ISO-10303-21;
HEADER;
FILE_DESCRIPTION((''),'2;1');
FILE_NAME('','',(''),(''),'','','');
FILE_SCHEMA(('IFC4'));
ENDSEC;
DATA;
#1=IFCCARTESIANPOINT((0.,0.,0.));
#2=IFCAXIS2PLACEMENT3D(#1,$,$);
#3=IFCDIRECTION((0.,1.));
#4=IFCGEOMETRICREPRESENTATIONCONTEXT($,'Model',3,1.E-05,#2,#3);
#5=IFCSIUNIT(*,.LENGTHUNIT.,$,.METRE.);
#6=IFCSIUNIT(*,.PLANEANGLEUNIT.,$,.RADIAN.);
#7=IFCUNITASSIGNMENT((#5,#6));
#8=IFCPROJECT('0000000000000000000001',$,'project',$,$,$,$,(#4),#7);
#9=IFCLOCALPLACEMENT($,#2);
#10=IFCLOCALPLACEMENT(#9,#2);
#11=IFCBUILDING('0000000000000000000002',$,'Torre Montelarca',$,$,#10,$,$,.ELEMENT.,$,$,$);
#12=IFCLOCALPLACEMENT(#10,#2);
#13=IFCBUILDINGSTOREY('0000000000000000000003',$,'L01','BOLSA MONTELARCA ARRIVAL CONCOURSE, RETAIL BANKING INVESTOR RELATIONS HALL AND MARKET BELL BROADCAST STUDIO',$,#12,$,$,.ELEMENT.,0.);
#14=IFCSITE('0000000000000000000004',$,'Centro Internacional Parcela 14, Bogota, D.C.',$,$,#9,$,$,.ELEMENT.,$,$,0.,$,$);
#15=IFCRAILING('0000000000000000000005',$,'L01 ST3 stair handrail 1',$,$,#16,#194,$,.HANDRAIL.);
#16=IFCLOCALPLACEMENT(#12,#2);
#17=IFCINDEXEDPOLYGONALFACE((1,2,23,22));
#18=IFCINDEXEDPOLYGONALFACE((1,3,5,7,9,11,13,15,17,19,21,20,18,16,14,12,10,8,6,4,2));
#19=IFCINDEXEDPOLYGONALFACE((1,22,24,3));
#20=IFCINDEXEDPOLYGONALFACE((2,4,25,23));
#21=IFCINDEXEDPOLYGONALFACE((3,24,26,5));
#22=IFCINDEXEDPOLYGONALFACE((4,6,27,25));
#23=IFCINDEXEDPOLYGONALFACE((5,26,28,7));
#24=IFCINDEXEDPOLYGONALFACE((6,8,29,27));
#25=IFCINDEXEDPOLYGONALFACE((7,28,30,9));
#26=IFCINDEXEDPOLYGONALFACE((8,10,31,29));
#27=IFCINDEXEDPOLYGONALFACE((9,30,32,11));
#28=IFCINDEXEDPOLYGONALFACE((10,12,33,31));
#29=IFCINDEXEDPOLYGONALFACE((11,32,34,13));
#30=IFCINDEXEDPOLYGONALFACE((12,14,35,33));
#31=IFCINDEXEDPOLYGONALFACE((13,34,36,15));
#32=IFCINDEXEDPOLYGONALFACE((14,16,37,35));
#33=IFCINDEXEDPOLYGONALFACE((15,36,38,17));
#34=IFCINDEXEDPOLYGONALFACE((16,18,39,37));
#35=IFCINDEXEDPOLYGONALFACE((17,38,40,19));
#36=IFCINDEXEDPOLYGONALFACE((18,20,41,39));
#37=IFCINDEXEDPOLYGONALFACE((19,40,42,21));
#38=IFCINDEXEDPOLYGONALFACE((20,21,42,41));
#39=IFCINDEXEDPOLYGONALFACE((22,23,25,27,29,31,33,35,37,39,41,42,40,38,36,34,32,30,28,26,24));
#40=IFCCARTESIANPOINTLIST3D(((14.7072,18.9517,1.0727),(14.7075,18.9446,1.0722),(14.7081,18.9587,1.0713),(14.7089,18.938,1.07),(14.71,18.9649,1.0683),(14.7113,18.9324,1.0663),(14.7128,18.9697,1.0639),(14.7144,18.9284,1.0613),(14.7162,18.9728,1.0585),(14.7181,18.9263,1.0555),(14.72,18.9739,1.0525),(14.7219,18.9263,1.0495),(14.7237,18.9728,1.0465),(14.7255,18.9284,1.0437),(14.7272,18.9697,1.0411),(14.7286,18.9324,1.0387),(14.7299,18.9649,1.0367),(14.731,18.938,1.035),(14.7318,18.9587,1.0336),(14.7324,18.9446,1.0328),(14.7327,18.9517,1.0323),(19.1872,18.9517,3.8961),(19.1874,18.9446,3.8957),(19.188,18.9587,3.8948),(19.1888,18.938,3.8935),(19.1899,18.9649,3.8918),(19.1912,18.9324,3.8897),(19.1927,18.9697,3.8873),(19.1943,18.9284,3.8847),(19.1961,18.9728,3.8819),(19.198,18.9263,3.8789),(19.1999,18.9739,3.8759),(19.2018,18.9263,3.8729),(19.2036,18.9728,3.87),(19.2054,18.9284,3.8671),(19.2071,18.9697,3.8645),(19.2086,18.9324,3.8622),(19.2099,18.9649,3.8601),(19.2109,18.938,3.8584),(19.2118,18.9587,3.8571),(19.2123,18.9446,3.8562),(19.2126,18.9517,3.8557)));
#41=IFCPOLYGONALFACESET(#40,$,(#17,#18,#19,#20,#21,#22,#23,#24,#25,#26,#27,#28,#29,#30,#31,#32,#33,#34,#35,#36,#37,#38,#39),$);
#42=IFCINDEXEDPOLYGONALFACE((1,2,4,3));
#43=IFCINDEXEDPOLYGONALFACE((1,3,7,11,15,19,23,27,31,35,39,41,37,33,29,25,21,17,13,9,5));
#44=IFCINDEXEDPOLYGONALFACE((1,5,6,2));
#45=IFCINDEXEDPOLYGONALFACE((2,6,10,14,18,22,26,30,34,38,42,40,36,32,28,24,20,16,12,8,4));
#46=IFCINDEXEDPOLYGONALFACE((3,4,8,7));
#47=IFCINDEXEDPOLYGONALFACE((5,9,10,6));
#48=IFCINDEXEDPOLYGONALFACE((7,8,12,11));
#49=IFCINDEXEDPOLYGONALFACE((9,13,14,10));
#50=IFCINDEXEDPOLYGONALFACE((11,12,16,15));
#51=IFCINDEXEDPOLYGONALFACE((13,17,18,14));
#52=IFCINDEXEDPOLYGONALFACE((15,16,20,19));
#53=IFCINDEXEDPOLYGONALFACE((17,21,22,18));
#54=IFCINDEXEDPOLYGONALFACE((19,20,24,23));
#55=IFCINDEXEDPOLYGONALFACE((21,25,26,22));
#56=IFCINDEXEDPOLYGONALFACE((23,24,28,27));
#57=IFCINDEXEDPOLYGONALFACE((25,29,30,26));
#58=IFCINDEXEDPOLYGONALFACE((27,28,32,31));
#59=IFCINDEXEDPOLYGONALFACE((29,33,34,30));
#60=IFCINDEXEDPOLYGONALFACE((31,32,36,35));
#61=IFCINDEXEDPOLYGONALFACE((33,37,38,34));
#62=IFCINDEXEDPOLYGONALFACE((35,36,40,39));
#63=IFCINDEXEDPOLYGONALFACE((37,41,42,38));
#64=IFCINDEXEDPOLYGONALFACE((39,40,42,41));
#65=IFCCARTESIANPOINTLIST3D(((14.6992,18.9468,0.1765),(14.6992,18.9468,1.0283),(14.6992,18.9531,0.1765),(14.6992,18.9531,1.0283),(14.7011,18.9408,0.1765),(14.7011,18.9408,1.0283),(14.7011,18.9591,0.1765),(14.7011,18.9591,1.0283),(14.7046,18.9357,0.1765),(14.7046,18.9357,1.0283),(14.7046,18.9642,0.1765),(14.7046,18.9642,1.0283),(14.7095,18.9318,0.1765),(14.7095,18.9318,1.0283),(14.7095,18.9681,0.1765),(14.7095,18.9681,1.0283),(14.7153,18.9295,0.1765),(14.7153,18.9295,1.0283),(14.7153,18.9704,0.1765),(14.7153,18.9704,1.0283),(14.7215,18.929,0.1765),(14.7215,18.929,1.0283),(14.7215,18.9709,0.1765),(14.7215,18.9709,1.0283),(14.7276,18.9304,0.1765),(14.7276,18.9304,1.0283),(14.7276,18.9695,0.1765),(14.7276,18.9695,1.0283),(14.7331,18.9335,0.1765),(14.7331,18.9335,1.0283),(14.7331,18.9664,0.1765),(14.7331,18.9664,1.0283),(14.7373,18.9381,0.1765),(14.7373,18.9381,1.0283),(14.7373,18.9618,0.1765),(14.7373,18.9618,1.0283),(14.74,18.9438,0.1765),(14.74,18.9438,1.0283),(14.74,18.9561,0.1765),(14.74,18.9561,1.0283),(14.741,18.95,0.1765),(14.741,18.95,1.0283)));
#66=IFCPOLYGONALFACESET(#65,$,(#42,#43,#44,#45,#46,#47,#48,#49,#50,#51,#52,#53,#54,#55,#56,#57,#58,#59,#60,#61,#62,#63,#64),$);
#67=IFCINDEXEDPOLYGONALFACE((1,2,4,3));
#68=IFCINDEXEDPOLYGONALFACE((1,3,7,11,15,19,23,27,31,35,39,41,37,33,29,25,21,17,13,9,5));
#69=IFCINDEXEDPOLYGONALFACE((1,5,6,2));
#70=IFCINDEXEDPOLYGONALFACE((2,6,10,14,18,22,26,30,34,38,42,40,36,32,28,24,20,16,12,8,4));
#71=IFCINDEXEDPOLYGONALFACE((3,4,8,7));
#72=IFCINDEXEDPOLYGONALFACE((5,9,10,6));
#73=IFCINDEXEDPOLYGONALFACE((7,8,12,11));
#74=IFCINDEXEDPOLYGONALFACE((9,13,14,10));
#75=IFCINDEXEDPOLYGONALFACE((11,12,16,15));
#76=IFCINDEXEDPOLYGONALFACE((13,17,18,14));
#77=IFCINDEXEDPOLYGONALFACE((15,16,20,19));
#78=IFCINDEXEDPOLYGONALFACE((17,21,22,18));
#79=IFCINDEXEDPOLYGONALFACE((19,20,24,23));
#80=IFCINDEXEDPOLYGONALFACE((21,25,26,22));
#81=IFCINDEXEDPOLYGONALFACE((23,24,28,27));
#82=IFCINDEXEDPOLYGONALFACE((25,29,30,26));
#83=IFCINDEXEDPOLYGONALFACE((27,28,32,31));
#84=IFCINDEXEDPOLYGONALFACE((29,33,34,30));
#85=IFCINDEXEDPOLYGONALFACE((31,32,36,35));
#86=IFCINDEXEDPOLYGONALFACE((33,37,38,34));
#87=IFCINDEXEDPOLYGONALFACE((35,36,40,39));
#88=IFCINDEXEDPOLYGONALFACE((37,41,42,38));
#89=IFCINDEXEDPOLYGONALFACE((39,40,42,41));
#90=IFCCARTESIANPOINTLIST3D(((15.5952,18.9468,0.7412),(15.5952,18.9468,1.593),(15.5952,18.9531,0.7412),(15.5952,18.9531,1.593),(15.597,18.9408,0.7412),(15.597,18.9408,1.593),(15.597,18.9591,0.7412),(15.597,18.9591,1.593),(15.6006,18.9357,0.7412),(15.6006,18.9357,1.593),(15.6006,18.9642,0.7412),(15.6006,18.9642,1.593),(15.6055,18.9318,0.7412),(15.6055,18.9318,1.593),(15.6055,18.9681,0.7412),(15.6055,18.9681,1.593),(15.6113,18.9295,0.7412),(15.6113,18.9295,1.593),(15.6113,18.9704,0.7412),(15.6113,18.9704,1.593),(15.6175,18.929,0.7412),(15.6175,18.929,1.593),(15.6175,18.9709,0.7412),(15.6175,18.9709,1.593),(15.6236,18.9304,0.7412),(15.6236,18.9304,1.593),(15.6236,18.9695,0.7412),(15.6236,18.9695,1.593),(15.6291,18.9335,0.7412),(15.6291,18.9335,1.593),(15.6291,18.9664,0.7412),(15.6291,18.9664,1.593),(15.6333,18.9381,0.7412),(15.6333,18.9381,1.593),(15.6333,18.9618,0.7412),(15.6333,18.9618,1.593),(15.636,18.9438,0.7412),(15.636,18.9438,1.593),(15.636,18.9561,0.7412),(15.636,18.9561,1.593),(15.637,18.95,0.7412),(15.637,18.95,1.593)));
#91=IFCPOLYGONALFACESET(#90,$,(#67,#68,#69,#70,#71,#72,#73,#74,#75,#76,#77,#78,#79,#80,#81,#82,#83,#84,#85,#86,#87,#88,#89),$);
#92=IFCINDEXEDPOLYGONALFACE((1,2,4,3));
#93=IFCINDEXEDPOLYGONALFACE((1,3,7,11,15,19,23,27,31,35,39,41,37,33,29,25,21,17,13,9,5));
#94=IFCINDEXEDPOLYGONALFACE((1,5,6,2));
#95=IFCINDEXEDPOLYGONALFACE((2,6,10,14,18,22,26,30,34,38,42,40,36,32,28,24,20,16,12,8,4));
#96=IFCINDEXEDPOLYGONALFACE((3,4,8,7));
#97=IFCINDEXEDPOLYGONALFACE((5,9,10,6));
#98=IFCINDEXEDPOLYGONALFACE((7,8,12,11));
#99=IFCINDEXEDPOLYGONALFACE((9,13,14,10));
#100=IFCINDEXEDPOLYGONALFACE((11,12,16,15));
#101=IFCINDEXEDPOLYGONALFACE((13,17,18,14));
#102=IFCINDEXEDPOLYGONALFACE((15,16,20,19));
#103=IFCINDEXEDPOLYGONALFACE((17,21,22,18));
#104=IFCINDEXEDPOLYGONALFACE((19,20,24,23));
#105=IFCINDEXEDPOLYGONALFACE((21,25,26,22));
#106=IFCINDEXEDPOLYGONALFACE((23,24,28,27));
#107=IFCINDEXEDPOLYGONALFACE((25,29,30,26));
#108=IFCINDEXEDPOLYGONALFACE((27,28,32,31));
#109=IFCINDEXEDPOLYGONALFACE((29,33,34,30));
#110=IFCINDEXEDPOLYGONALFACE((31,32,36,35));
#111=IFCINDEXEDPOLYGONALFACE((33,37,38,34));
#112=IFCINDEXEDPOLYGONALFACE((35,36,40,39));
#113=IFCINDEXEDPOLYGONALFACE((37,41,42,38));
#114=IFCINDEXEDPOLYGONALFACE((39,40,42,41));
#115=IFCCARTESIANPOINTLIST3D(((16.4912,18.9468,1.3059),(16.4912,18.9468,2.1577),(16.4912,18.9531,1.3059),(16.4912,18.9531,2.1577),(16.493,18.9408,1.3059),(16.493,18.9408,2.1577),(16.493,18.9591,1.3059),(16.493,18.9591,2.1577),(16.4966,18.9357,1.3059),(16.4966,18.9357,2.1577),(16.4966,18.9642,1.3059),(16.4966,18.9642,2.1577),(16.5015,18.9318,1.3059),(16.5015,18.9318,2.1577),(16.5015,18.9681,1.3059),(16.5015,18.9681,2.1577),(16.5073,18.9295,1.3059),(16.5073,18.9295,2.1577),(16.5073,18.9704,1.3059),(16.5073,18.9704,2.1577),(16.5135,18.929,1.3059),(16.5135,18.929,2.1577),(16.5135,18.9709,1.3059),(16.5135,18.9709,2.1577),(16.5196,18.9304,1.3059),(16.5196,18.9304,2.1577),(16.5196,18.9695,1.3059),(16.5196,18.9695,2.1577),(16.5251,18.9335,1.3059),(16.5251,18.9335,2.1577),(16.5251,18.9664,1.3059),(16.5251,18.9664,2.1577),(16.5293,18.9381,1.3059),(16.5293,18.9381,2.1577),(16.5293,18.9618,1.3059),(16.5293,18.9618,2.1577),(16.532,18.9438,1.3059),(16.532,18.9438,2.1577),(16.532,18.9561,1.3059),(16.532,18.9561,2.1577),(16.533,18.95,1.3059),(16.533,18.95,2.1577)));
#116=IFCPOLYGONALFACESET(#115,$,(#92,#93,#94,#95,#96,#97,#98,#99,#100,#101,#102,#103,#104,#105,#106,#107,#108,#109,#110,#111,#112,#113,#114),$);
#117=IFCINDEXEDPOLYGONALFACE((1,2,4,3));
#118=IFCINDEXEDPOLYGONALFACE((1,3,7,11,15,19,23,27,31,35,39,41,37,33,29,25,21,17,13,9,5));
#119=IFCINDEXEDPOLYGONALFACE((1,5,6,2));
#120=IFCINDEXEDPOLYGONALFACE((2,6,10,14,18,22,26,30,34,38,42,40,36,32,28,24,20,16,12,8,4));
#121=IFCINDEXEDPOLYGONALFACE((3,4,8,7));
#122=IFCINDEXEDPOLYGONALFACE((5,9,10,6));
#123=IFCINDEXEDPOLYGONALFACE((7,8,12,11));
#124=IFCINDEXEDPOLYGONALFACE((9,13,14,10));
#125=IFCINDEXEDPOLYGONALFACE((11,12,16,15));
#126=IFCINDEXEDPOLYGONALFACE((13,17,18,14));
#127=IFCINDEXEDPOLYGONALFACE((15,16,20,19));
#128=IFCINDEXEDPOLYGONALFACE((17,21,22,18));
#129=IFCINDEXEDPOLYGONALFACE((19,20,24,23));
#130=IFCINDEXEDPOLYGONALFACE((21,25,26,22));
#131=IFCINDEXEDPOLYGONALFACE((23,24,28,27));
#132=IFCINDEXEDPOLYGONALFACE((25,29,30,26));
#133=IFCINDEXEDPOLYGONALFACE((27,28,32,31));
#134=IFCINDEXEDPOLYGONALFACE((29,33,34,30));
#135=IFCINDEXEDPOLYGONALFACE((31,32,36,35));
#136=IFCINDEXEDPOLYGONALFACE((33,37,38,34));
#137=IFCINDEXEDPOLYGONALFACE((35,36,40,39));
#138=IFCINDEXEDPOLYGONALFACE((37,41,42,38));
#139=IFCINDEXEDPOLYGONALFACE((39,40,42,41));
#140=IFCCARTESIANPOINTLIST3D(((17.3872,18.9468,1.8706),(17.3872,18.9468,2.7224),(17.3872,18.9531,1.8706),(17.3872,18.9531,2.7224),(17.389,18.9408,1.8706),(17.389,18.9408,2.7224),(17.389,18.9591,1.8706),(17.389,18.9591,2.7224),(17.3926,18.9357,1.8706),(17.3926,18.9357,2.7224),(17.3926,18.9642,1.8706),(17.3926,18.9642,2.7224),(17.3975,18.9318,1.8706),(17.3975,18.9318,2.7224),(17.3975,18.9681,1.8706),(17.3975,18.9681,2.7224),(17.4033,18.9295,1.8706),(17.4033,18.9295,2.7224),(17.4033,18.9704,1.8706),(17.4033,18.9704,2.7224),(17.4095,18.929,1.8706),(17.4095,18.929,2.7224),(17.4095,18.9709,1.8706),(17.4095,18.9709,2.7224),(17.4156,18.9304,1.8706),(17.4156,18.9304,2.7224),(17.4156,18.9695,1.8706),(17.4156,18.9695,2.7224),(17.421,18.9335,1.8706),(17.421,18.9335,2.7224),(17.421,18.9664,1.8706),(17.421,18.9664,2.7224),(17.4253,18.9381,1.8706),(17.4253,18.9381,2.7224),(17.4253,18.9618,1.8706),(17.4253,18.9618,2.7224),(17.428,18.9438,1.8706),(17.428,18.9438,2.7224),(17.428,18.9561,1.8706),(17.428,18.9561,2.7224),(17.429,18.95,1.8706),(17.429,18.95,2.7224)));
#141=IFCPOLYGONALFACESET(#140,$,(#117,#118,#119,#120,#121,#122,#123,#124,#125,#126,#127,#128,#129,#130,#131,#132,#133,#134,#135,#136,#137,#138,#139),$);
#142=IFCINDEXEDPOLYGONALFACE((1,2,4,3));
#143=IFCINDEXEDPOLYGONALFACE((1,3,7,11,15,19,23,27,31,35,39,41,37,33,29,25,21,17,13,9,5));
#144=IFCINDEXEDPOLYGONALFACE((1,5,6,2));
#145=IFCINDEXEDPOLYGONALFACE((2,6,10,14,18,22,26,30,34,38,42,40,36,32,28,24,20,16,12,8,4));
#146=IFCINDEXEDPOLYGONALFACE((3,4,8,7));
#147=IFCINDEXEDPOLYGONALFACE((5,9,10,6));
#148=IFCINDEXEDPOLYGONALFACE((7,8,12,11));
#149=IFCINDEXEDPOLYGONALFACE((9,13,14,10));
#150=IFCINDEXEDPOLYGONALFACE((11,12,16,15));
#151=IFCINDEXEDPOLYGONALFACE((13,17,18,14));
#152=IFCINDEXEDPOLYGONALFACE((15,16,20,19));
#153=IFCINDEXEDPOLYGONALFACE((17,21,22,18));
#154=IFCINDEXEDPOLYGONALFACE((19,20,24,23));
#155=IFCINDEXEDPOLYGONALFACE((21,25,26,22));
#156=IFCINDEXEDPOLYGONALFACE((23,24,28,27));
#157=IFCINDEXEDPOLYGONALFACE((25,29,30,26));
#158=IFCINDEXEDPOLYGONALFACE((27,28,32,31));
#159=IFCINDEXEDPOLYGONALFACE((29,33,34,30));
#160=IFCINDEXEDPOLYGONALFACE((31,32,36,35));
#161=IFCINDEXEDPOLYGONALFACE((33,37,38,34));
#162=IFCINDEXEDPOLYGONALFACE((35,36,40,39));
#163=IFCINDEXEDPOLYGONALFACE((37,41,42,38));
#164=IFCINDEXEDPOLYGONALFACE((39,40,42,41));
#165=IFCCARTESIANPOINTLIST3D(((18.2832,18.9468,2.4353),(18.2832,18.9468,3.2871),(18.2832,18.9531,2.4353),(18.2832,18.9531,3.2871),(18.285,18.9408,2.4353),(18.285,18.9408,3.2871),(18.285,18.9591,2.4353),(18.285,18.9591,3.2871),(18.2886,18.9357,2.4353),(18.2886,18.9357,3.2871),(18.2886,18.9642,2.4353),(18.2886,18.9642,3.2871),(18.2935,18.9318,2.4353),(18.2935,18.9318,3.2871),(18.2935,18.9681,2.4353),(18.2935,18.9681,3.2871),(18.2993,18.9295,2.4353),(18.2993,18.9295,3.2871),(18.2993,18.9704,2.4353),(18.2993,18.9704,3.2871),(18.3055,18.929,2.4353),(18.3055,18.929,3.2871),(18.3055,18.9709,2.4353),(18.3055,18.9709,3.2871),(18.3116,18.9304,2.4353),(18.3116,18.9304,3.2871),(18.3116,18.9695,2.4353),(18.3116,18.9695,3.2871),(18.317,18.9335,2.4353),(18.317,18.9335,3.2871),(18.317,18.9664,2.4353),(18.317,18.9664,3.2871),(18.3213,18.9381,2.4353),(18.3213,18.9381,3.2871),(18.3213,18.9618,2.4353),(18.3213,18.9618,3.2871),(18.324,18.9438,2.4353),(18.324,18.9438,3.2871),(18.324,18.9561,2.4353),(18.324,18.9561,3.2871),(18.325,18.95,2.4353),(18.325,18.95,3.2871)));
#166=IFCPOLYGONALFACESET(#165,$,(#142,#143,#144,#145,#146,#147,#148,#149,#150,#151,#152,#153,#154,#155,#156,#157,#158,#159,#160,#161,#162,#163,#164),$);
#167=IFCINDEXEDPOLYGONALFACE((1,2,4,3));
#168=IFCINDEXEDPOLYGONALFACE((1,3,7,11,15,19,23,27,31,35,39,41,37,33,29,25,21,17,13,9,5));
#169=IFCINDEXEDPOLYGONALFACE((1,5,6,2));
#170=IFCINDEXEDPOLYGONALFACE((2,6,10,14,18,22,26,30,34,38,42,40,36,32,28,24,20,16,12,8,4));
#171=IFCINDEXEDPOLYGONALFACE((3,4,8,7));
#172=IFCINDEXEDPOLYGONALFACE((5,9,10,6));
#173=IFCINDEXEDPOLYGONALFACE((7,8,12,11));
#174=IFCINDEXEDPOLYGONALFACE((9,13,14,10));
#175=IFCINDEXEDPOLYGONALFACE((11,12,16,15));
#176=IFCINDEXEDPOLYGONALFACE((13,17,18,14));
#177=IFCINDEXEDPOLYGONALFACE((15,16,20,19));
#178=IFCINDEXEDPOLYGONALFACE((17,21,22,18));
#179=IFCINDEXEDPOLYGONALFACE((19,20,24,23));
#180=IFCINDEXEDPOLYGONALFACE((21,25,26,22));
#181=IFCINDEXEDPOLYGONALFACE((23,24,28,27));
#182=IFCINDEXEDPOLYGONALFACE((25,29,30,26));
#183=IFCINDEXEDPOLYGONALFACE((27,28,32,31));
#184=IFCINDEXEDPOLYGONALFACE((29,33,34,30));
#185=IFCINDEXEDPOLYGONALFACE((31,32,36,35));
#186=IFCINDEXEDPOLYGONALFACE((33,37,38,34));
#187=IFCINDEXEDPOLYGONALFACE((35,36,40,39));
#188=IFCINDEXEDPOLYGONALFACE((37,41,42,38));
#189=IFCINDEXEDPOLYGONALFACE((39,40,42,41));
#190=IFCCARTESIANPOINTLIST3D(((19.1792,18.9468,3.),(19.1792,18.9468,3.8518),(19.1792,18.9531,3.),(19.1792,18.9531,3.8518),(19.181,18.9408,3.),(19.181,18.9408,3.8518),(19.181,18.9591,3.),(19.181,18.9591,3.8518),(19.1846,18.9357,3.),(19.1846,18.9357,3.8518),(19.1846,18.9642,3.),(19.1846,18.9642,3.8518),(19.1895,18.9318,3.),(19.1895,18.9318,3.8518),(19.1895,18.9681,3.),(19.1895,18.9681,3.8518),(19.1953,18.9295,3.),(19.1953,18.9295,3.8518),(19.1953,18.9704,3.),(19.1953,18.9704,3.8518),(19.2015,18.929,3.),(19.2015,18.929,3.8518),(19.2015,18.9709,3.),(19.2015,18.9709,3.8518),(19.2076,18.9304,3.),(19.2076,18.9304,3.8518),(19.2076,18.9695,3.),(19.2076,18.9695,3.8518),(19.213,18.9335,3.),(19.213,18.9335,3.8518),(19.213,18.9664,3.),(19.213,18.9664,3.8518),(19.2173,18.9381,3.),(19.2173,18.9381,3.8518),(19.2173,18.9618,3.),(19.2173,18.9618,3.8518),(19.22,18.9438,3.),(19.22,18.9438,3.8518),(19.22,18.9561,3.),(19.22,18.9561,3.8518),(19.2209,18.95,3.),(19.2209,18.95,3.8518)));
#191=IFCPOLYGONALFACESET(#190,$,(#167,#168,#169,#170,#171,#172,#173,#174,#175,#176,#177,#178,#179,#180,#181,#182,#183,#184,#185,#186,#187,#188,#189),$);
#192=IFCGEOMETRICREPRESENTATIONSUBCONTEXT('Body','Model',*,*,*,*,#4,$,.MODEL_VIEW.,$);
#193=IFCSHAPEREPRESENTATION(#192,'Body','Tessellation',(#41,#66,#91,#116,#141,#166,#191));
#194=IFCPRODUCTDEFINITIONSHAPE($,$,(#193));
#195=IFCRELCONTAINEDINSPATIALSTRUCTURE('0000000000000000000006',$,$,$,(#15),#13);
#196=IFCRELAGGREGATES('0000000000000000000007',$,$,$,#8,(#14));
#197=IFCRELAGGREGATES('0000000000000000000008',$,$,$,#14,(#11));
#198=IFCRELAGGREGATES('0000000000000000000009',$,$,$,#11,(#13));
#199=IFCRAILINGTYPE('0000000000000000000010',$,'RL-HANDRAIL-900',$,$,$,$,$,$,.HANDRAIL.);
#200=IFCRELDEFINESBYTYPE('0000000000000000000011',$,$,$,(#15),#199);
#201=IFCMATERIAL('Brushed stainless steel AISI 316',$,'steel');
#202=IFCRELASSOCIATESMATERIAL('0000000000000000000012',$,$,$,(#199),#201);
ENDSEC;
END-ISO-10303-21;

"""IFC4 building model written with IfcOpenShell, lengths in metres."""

from ifc_helpers import new_model, si_unit, direction, frame, origin, origin_2d, place, context, subcontext, project, spatial, circle, extrude, material, type_object, element, save


model = new_model("IFC4")

# Units and contexts
model_context = context("Model", 3, precision=1e-05, world=origin(), true_north=direction((0.0, 1.0)))
body_context = subcontext(model_context, "Body", "Model", "MODEL_VIEW")
ifc_project = project(units=[si_unit("LENGTHUNIT", "METRE"), si_unit("PLANEANGLEUNIT", "RADIAN")], contexts=[model_context])

# Site, building, storey
site_placement = place(None, origin())
site = spatial("IfcSite", under=ifc_project, at=site_placement, Name="Centro Internacional Parcela 14, Bogota, D.C.", CompositionType="ELEMENT", RefElevation=0.0)
building_placement = place(site_placement, origin())
building = spatial("IfcBuilding", under=site, at=building_placement, Name="Torre Montelarca", CompositionType="ELEMENT")
storey_placement = place(building_placement, origin())
storey = spatial("IfcBuildingStorey", under=building, at=storey_placement, Name="L01", Description="BOLSA MONTELARCA ARRIVAL CONCOURSE, RETAIL BANKING INVESTOR RELATIONS HALL AND MARKET BELL BROADCAST STUDIO", CompositionType="ELEMENT", Elevation=0.0)

# Railing
ifc_material_1 = material(Name="Brushed stainless steel AISI 316", Category="steel")
railing_type_1 = type_object("IfcRailingType", Name="RL-HANDRAIL-900", PredefinedType="HANDRAIL", material=ifc_material_1)
railing_1_placement = place(storey_placement, frame((14.72, 18.95, 0.1765)))
element("IfcRailing", 1, at=railing_1_placement, inside=storey, type_object=railing_type_1, Name="L01 ST3 stair handrail 1", PredefinedType="HANDRAIL", context=body_context, shape_type="SweptSolid", body=[
    extrude(circle(Radius=0.0239, at=origin_2d()), frame((0.0, 0.0, 0.876), z_axis=(0.845998, 0.0, 0.533186), x_axis=(0.0, 1.0, 0.0)), (0.0, 0.0, 1.0), 5.2954),
    extrude(circle(Radius=0.021, at=origin_2d()), origin(), (0.0, 0.0, 1.0), 0.8518),
    extrude(circle(Radius=0.021, at=origin_2d()), frame((0.896, 0.0, 0.5647)), (0.0, 0.0, 1.0), 0.8518),
    extrude(circle(Radius=0.021, at=origin_2d()), frame((1.792, 0.0, 1.1294)), (0.0, 0.0, 1.0), 0.8518),
    extrude(circle(Radius=0.021, at=origin_2d()), frame((2.688, 0.0, 1.6941)), (0.0, 0.0, 1.0), 0.8518),
    extrude(circle(Radius=0.021, at=origin_2d()), frame((3.584, 0.0, 2.2588)), (0.0, 0.0, 1.0), 0.8518),
    extrude(circle(Radius=0.021, at=origin_2d()), frame((4.48, 0.0, 2.8235)), (0.0, 0.0, 1.0), 0.8518),
])

save(model, "model.ifc")
